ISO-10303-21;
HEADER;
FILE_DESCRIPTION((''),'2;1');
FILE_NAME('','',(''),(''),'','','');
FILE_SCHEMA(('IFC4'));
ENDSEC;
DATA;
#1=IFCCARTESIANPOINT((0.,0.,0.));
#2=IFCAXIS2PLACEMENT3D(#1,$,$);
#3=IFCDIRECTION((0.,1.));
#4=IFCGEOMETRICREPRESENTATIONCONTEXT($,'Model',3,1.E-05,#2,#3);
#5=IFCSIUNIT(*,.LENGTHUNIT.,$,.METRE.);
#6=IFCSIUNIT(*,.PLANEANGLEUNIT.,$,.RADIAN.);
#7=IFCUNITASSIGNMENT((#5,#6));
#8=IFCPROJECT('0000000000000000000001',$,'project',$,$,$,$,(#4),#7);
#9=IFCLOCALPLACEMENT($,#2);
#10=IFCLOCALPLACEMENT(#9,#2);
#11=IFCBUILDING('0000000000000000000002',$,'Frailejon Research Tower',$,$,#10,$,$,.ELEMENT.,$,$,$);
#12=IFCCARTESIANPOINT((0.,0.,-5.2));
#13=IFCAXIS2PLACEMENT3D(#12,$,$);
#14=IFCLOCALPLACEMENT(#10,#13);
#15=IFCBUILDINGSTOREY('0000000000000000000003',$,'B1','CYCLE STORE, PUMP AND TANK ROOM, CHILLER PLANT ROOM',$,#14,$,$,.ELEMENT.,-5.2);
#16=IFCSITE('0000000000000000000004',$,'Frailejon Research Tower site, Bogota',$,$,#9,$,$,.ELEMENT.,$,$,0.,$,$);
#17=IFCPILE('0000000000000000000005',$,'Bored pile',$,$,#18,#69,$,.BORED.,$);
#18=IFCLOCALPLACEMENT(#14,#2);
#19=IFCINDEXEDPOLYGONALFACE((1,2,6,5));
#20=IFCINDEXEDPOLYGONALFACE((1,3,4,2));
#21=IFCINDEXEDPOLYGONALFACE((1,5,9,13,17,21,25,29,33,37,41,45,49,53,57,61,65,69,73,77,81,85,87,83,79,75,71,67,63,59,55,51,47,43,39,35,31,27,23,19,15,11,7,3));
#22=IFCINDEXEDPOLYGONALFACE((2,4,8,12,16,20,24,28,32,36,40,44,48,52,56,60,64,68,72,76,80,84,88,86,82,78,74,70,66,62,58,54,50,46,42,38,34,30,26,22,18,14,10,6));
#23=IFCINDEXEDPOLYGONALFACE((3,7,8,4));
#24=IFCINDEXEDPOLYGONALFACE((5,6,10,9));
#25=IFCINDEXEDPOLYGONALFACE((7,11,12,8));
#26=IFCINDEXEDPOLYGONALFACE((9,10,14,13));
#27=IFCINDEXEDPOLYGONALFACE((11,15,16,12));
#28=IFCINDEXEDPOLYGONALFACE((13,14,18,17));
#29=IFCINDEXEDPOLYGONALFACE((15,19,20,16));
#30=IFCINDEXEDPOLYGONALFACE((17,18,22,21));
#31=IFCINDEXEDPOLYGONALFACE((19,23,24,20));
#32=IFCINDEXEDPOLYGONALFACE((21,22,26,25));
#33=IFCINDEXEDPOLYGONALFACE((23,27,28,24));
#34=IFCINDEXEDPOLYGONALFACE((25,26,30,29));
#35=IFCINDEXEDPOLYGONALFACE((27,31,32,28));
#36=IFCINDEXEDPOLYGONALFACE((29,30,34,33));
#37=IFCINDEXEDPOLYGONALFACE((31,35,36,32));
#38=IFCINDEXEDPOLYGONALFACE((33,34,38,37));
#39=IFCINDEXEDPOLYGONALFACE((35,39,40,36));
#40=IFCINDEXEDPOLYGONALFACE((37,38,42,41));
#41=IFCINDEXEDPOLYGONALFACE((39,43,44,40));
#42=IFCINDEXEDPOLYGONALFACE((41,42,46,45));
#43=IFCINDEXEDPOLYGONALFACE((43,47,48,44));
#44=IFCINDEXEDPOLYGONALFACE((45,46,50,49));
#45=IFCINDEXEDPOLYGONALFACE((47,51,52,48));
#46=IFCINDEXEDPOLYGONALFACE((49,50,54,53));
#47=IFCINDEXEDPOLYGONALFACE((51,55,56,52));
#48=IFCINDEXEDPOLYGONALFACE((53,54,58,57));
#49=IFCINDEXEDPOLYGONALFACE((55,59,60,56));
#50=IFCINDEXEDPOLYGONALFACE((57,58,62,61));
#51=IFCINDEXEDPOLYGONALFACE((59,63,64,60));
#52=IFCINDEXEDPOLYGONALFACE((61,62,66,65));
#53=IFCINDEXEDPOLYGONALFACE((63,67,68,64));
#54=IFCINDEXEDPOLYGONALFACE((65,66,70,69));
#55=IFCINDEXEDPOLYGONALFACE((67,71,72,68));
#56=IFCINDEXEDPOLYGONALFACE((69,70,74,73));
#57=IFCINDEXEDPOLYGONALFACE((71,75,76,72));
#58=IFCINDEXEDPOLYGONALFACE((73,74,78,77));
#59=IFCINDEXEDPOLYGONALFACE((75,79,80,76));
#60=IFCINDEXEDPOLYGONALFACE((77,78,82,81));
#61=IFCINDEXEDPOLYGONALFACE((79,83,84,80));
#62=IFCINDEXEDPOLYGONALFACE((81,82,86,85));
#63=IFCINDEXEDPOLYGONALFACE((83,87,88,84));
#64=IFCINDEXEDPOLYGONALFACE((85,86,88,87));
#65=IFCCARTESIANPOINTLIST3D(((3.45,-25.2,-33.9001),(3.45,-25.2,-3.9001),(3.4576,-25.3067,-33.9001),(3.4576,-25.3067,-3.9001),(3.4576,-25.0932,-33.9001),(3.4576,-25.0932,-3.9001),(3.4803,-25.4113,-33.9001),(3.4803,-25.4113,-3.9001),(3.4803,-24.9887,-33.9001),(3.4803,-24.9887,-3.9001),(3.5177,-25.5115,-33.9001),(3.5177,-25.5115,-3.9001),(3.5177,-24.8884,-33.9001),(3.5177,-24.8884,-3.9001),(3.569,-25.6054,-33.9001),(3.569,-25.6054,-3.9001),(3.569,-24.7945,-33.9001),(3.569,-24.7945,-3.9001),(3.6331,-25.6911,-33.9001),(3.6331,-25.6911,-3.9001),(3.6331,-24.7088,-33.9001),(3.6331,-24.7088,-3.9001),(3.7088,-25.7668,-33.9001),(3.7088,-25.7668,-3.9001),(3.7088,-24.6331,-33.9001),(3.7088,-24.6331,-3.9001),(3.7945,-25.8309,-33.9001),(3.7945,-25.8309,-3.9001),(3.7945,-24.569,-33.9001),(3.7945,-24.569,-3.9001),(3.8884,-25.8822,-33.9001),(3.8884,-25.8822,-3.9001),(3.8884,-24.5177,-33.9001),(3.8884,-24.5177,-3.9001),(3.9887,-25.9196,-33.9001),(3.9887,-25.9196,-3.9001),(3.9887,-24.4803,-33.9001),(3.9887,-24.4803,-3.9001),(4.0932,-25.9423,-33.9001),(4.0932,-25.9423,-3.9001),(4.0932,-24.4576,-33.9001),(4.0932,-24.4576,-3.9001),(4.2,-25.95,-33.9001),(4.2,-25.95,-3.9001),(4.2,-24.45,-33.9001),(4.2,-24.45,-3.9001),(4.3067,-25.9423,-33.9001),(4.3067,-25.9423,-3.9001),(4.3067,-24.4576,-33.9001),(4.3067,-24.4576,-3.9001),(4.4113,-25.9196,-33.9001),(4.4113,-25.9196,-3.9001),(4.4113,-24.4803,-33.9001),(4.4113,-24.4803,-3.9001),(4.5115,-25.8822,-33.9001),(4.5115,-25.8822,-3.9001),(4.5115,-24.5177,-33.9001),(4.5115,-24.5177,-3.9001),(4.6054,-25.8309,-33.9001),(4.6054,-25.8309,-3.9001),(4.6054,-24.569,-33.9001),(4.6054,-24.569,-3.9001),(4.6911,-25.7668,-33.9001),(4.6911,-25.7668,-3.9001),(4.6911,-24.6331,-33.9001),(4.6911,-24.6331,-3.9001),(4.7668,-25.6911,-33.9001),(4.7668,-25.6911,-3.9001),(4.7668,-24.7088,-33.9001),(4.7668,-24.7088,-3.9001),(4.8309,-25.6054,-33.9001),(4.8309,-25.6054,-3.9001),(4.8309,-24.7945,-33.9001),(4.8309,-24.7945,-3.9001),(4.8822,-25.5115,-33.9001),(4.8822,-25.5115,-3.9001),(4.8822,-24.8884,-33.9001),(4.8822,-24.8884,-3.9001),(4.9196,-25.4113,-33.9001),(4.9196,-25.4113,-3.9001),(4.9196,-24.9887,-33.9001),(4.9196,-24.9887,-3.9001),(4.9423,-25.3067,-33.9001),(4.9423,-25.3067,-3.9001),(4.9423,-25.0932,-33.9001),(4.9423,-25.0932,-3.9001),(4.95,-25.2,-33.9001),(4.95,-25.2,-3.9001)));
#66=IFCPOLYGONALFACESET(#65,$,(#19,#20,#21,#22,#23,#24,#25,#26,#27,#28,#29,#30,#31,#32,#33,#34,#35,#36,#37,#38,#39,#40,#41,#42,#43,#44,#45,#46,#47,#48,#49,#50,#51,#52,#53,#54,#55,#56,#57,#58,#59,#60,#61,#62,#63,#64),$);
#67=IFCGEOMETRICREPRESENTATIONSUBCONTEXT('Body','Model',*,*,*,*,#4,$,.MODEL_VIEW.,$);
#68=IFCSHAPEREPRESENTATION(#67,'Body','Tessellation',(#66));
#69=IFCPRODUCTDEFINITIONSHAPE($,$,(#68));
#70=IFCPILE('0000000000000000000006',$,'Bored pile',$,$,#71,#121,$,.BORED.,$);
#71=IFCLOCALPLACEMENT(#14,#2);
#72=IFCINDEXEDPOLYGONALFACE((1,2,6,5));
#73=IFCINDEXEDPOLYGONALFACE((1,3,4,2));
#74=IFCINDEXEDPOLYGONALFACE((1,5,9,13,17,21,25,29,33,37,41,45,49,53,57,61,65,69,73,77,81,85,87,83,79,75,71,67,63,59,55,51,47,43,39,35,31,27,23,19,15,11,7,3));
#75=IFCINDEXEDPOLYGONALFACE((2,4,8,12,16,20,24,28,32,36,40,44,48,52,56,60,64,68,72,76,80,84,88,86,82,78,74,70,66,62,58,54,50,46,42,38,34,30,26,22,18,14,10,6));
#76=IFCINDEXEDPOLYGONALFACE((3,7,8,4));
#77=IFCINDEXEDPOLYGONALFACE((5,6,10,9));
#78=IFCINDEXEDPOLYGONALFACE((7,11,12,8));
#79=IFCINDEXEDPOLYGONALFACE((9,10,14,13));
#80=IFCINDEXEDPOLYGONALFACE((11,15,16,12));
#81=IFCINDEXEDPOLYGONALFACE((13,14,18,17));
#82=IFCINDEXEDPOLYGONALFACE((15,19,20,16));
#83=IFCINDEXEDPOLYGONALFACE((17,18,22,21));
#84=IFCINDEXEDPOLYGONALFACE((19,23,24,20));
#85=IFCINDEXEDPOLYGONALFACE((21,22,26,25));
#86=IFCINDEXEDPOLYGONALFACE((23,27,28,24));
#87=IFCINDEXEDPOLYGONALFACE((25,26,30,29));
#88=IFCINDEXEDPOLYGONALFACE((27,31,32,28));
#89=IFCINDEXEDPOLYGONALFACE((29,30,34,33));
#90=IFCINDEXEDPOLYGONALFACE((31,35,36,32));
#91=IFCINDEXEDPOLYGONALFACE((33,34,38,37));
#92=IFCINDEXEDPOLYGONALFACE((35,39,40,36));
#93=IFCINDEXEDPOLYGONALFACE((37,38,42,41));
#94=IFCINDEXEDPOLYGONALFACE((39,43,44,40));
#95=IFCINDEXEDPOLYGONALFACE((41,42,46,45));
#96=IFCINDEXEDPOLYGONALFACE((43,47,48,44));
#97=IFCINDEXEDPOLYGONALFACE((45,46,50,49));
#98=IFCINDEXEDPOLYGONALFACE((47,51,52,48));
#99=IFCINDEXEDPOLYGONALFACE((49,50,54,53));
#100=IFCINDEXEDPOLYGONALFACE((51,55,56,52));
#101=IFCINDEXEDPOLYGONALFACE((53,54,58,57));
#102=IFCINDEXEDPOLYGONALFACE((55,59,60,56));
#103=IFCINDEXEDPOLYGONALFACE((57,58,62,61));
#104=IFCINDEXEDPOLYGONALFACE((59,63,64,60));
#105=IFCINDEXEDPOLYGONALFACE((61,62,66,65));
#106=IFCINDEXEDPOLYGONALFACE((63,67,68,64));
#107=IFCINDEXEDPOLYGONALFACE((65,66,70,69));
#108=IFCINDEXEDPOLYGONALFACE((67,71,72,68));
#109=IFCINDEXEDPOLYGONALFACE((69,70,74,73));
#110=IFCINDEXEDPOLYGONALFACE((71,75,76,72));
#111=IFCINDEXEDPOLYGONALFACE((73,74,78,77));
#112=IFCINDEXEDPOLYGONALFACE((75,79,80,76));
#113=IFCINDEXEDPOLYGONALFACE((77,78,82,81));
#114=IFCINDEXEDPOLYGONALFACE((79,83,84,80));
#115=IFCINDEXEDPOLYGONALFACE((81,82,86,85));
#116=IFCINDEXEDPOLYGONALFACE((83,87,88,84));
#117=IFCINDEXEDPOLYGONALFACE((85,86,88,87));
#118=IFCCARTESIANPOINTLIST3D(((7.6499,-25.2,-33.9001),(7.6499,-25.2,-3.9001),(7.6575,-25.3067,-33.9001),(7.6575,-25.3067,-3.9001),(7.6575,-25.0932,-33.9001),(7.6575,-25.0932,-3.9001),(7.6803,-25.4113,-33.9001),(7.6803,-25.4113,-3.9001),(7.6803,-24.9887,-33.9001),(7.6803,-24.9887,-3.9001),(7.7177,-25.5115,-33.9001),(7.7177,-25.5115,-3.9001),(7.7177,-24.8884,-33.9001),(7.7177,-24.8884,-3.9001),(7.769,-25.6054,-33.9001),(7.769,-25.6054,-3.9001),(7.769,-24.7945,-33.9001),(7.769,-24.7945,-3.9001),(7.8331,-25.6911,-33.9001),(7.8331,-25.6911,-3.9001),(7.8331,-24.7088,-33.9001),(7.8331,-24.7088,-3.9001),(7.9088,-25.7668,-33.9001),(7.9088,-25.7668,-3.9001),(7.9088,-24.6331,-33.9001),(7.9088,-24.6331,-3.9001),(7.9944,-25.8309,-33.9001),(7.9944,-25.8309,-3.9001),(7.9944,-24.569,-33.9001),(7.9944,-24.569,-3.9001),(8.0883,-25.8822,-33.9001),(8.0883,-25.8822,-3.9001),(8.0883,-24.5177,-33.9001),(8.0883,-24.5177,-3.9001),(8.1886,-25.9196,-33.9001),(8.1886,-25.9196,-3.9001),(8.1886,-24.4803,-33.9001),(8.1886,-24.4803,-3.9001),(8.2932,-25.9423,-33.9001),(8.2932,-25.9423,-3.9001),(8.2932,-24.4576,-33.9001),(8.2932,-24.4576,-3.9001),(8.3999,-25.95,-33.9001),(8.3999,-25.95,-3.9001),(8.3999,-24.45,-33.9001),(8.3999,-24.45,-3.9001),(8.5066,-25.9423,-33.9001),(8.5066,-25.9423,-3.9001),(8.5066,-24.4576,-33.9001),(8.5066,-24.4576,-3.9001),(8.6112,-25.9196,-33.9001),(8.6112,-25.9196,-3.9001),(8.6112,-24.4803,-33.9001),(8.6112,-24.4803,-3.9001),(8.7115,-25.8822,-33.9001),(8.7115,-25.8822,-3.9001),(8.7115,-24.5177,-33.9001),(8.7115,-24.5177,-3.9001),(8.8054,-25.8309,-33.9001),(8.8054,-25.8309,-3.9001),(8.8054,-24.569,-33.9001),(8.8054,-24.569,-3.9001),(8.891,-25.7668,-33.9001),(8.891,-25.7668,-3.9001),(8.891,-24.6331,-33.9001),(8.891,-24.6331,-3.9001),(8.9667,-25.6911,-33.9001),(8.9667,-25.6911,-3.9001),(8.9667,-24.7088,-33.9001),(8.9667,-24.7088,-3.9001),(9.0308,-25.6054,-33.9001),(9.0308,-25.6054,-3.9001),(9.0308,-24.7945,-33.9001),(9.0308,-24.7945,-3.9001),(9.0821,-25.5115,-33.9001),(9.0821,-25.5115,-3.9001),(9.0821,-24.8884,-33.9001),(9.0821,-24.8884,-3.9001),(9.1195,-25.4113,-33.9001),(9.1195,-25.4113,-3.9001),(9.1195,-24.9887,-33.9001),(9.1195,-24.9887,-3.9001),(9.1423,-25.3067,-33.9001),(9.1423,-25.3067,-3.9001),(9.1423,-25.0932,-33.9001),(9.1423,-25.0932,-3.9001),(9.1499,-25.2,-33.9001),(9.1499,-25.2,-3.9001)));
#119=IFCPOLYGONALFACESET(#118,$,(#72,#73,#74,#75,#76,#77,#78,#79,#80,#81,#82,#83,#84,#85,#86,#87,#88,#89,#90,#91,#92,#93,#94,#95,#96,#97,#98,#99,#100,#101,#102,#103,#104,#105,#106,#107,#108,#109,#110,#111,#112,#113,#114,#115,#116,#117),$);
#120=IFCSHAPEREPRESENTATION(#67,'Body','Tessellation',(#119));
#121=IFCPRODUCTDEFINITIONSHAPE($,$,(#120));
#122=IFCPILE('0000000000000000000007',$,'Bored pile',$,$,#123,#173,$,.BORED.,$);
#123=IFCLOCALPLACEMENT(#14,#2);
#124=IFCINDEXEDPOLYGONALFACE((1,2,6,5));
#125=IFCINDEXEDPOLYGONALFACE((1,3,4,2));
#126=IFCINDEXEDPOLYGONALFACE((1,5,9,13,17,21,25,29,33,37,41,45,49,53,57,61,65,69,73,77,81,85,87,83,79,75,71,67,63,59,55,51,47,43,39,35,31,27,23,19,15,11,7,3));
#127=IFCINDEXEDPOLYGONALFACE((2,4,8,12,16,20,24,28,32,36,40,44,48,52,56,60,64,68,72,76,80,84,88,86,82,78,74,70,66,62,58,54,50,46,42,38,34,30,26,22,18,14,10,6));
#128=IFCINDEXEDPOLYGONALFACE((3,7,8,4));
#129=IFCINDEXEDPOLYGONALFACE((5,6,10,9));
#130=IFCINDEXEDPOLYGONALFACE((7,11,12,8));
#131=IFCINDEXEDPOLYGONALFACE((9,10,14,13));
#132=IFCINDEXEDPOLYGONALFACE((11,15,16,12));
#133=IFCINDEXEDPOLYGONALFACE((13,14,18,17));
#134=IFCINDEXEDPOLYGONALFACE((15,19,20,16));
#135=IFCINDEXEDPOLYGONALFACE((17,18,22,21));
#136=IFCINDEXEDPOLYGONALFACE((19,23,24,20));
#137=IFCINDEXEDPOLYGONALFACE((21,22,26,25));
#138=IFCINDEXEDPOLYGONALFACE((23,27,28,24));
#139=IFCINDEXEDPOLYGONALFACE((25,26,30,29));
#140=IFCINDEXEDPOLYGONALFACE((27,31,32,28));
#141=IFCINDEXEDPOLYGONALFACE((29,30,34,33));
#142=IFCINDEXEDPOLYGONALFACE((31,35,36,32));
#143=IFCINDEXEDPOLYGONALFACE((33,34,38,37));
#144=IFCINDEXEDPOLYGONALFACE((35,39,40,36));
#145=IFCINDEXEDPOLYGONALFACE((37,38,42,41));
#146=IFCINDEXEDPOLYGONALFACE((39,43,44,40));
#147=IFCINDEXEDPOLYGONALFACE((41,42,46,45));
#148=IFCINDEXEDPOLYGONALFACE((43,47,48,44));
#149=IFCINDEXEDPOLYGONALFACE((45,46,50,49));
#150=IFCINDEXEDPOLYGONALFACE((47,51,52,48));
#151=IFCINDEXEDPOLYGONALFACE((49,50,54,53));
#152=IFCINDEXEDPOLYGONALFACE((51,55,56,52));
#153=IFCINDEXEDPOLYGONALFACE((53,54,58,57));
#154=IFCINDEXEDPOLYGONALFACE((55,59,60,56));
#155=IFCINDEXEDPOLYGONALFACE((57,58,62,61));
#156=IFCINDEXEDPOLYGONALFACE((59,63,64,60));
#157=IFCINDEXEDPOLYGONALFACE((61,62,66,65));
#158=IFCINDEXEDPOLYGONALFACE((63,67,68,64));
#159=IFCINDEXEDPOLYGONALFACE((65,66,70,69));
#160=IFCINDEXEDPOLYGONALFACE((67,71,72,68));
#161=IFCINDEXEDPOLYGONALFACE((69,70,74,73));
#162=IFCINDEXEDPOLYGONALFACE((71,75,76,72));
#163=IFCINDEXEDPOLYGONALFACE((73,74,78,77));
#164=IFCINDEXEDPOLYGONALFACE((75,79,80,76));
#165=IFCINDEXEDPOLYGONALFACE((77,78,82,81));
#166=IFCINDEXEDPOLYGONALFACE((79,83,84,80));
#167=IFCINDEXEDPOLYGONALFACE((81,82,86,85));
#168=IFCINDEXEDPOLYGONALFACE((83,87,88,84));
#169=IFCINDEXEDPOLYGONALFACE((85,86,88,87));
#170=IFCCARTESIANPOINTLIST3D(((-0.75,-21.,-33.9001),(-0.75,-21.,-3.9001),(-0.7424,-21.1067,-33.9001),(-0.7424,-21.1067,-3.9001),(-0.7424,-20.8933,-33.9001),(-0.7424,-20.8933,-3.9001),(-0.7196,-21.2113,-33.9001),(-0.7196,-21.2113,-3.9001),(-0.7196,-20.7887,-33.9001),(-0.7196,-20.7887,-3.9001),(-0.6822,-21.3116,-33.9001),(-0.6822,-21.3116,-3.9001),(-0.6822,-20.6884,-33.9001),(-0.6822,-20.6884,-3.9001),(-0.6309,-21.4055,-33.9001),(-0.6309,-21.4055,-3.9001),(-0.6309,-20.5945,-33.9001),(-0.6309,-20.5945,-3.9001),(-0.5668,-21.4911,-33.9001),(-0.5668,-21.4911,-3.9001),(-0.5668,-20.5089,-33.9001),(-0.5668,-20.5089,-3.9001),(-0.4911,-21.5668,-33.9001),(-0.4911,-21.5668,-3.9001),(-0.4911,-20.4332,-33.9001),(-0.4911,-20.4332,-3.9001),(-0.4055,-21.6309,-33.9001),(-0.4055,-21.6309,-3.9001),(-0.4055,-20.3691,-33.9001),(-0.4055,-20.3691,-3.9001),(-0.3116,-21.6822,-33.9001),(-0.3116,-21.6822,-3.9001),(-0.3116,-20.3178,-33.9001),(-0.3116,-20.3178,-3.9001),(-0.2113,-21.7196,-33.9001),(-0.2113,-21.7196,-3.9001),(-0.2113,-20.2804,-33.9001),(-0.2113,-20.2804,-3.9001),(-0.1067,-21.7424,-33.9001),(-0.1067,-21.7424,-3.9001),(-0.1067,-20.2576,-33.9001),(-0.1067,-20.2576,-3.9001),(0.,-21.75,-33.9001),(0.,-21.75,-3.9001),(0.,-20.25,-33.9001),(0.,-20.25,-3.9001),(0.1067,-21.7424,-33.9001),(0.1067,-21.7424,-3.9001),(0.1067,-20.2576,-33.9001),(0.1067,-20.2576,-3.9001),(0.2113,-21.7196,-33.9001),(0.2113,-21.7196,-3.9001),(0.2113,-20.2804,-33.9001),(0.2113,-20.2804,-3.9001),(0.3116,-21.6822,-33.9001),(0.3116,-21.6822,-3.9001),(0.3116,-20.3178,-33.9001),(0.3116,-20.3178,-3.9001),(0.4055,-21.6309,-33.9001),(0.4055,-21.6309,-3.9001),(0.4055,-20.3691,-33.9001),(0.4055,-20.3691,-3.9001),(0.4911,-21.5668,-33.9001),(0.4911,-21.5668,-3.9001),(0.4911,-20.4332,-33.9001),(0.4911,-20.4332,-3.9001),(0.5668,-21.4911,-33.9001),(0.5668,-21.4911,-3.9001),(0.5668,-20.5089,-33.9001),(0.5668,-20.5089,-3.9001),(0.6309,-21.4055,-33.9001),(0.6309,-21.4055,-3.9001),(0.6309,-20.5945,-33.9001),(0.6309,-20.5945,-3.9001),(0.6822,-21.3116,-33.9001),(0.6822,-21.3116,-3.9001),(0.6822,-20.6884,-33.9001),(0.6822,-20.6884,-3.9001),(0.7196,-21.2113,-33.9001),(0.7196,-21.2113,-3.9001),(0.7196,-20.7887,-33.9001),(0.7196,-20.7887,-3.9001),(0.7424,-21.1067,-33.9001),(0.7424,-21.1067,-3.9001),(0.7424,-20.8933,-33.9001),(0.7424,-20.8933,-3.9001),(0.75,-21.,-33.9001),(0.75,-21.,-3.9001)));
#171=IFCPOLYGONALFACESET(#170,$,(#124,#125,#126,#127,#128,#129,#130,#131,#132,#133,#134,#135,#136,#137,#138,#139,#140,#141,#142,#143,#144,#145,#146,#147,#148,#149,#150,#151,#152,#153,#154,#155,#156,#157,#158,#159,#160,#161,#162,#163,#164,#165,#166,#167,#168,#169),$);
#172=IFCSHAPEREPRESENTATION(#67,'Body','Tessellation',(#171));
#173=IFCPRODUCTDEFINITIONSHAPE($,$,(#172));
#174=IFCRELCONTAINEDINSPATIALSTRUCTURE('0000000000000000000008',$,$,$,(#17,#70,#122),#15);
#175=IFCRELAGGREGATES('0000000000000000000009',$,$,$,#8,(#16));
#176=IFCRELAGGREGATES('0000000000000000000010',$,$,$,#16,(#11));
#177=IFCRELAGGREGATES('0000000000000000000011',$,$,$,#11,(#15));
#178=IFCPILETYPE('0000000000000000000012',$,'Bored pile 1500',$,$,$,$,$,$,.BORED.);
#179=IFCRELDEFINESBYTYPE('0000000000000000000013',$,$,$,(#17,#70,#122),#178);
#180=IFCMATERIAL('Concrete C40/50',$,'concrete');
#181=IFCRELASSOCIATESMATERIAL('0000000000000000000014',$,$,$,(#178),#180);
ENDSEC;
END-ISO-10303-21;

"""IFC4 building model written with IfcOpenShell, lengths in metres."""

from ifc_helpers import new_model, si_unit, direction, frame, origin, origin_2d, place, context, subcontext, project, spatial, circle, extrude, material, material_profile, profile_set, type_object, element, save


model = new_model("IFC4")

# Units and contexts
model_context = context("Model", 3, precision=1e-05, world=origin(), true_north=direction((0.0, 1.0)))
body_context = subcontext(model_context, "Body", "Model", "MODEL_VIEW")
ifc_project = project(units=[si_unit("LENGTHUNIT", "METRE"), si_unit("PLANEANGLEUNIT", "RADIAN")], contexts=[model_context])

# Site, building, storey
site_placement = place(None, origin())
site = spatial("IfcSite", under=ifc_project, at=site_placement, Name="Frailejon Research Tower site, Bogota", CompositionType="ELEMENT", RefElevation=0.0)
building_placement = place(site_placement, origin())
building = spatial("IfcBuilding", under=site, at=building_placement, Name="Frailejon Research Tower", CompositionType="ELEMENT")
storey_placement = place(building_placement, frame((0.0, 0.0, -5.2)))
storey = spatial("IfcBuildingStorey", under=building, at=storey_placement, Name="B1", Description="CYCLE STORE, PUMP AND TANK ROOM, CHILLER PLANT ROOM", CompositionType="ELEMENT", Elevation=-5.2)

# Piles
ifc_material_1 = material(Name="Concrete C40/50", Category="concrete")
ifc_material_profile_1 = material_profile(ifc_material_1, circle(Radius=0.75, at=origin_2d()), Name="Bored pile 1500")
ifc_profile_set_1 = profile_set([ifc_material_profile_1], Name="Concrete C40/50")
pile_type = type_object("IfcPileType", Name="Bored pile 1500", PredefinedType="BORED", material=ifc_profile_set_1)
for number, where, z_axis, x_axis, name in (
    (1, (4.2, -25.2, -3.9001), (0.0, 0.0, -1.0), (1.0, 0.0, 0.0), "Bored pile"),
    (2, (8.3999, -25.2, -3.9001), (0.0, 0.0, -1.0), (1.0, 0.0, 0.0), "Bored pile"),
    (3, (0.0, -21.0, -3.9001), (0.0, 0.0, -1.0), (1.0, 0.0, 0.0), "Bored pile"),
):
    element("IfcPile", number, at=place(storey_placement, frame(where, z_axis=z_axis, x_axis=x_axis)), inside=storey, type_object=pile_type, Name=name, PredefinedType="BORED", context=body_context, shape_type="SweptSolid", body=[
        extrude(circle(Radius=0.75, at=origin_2d()), origin(), (0.0, 0.0, 1.0), 30.0),
    ])

save(model, "model.ifc")
